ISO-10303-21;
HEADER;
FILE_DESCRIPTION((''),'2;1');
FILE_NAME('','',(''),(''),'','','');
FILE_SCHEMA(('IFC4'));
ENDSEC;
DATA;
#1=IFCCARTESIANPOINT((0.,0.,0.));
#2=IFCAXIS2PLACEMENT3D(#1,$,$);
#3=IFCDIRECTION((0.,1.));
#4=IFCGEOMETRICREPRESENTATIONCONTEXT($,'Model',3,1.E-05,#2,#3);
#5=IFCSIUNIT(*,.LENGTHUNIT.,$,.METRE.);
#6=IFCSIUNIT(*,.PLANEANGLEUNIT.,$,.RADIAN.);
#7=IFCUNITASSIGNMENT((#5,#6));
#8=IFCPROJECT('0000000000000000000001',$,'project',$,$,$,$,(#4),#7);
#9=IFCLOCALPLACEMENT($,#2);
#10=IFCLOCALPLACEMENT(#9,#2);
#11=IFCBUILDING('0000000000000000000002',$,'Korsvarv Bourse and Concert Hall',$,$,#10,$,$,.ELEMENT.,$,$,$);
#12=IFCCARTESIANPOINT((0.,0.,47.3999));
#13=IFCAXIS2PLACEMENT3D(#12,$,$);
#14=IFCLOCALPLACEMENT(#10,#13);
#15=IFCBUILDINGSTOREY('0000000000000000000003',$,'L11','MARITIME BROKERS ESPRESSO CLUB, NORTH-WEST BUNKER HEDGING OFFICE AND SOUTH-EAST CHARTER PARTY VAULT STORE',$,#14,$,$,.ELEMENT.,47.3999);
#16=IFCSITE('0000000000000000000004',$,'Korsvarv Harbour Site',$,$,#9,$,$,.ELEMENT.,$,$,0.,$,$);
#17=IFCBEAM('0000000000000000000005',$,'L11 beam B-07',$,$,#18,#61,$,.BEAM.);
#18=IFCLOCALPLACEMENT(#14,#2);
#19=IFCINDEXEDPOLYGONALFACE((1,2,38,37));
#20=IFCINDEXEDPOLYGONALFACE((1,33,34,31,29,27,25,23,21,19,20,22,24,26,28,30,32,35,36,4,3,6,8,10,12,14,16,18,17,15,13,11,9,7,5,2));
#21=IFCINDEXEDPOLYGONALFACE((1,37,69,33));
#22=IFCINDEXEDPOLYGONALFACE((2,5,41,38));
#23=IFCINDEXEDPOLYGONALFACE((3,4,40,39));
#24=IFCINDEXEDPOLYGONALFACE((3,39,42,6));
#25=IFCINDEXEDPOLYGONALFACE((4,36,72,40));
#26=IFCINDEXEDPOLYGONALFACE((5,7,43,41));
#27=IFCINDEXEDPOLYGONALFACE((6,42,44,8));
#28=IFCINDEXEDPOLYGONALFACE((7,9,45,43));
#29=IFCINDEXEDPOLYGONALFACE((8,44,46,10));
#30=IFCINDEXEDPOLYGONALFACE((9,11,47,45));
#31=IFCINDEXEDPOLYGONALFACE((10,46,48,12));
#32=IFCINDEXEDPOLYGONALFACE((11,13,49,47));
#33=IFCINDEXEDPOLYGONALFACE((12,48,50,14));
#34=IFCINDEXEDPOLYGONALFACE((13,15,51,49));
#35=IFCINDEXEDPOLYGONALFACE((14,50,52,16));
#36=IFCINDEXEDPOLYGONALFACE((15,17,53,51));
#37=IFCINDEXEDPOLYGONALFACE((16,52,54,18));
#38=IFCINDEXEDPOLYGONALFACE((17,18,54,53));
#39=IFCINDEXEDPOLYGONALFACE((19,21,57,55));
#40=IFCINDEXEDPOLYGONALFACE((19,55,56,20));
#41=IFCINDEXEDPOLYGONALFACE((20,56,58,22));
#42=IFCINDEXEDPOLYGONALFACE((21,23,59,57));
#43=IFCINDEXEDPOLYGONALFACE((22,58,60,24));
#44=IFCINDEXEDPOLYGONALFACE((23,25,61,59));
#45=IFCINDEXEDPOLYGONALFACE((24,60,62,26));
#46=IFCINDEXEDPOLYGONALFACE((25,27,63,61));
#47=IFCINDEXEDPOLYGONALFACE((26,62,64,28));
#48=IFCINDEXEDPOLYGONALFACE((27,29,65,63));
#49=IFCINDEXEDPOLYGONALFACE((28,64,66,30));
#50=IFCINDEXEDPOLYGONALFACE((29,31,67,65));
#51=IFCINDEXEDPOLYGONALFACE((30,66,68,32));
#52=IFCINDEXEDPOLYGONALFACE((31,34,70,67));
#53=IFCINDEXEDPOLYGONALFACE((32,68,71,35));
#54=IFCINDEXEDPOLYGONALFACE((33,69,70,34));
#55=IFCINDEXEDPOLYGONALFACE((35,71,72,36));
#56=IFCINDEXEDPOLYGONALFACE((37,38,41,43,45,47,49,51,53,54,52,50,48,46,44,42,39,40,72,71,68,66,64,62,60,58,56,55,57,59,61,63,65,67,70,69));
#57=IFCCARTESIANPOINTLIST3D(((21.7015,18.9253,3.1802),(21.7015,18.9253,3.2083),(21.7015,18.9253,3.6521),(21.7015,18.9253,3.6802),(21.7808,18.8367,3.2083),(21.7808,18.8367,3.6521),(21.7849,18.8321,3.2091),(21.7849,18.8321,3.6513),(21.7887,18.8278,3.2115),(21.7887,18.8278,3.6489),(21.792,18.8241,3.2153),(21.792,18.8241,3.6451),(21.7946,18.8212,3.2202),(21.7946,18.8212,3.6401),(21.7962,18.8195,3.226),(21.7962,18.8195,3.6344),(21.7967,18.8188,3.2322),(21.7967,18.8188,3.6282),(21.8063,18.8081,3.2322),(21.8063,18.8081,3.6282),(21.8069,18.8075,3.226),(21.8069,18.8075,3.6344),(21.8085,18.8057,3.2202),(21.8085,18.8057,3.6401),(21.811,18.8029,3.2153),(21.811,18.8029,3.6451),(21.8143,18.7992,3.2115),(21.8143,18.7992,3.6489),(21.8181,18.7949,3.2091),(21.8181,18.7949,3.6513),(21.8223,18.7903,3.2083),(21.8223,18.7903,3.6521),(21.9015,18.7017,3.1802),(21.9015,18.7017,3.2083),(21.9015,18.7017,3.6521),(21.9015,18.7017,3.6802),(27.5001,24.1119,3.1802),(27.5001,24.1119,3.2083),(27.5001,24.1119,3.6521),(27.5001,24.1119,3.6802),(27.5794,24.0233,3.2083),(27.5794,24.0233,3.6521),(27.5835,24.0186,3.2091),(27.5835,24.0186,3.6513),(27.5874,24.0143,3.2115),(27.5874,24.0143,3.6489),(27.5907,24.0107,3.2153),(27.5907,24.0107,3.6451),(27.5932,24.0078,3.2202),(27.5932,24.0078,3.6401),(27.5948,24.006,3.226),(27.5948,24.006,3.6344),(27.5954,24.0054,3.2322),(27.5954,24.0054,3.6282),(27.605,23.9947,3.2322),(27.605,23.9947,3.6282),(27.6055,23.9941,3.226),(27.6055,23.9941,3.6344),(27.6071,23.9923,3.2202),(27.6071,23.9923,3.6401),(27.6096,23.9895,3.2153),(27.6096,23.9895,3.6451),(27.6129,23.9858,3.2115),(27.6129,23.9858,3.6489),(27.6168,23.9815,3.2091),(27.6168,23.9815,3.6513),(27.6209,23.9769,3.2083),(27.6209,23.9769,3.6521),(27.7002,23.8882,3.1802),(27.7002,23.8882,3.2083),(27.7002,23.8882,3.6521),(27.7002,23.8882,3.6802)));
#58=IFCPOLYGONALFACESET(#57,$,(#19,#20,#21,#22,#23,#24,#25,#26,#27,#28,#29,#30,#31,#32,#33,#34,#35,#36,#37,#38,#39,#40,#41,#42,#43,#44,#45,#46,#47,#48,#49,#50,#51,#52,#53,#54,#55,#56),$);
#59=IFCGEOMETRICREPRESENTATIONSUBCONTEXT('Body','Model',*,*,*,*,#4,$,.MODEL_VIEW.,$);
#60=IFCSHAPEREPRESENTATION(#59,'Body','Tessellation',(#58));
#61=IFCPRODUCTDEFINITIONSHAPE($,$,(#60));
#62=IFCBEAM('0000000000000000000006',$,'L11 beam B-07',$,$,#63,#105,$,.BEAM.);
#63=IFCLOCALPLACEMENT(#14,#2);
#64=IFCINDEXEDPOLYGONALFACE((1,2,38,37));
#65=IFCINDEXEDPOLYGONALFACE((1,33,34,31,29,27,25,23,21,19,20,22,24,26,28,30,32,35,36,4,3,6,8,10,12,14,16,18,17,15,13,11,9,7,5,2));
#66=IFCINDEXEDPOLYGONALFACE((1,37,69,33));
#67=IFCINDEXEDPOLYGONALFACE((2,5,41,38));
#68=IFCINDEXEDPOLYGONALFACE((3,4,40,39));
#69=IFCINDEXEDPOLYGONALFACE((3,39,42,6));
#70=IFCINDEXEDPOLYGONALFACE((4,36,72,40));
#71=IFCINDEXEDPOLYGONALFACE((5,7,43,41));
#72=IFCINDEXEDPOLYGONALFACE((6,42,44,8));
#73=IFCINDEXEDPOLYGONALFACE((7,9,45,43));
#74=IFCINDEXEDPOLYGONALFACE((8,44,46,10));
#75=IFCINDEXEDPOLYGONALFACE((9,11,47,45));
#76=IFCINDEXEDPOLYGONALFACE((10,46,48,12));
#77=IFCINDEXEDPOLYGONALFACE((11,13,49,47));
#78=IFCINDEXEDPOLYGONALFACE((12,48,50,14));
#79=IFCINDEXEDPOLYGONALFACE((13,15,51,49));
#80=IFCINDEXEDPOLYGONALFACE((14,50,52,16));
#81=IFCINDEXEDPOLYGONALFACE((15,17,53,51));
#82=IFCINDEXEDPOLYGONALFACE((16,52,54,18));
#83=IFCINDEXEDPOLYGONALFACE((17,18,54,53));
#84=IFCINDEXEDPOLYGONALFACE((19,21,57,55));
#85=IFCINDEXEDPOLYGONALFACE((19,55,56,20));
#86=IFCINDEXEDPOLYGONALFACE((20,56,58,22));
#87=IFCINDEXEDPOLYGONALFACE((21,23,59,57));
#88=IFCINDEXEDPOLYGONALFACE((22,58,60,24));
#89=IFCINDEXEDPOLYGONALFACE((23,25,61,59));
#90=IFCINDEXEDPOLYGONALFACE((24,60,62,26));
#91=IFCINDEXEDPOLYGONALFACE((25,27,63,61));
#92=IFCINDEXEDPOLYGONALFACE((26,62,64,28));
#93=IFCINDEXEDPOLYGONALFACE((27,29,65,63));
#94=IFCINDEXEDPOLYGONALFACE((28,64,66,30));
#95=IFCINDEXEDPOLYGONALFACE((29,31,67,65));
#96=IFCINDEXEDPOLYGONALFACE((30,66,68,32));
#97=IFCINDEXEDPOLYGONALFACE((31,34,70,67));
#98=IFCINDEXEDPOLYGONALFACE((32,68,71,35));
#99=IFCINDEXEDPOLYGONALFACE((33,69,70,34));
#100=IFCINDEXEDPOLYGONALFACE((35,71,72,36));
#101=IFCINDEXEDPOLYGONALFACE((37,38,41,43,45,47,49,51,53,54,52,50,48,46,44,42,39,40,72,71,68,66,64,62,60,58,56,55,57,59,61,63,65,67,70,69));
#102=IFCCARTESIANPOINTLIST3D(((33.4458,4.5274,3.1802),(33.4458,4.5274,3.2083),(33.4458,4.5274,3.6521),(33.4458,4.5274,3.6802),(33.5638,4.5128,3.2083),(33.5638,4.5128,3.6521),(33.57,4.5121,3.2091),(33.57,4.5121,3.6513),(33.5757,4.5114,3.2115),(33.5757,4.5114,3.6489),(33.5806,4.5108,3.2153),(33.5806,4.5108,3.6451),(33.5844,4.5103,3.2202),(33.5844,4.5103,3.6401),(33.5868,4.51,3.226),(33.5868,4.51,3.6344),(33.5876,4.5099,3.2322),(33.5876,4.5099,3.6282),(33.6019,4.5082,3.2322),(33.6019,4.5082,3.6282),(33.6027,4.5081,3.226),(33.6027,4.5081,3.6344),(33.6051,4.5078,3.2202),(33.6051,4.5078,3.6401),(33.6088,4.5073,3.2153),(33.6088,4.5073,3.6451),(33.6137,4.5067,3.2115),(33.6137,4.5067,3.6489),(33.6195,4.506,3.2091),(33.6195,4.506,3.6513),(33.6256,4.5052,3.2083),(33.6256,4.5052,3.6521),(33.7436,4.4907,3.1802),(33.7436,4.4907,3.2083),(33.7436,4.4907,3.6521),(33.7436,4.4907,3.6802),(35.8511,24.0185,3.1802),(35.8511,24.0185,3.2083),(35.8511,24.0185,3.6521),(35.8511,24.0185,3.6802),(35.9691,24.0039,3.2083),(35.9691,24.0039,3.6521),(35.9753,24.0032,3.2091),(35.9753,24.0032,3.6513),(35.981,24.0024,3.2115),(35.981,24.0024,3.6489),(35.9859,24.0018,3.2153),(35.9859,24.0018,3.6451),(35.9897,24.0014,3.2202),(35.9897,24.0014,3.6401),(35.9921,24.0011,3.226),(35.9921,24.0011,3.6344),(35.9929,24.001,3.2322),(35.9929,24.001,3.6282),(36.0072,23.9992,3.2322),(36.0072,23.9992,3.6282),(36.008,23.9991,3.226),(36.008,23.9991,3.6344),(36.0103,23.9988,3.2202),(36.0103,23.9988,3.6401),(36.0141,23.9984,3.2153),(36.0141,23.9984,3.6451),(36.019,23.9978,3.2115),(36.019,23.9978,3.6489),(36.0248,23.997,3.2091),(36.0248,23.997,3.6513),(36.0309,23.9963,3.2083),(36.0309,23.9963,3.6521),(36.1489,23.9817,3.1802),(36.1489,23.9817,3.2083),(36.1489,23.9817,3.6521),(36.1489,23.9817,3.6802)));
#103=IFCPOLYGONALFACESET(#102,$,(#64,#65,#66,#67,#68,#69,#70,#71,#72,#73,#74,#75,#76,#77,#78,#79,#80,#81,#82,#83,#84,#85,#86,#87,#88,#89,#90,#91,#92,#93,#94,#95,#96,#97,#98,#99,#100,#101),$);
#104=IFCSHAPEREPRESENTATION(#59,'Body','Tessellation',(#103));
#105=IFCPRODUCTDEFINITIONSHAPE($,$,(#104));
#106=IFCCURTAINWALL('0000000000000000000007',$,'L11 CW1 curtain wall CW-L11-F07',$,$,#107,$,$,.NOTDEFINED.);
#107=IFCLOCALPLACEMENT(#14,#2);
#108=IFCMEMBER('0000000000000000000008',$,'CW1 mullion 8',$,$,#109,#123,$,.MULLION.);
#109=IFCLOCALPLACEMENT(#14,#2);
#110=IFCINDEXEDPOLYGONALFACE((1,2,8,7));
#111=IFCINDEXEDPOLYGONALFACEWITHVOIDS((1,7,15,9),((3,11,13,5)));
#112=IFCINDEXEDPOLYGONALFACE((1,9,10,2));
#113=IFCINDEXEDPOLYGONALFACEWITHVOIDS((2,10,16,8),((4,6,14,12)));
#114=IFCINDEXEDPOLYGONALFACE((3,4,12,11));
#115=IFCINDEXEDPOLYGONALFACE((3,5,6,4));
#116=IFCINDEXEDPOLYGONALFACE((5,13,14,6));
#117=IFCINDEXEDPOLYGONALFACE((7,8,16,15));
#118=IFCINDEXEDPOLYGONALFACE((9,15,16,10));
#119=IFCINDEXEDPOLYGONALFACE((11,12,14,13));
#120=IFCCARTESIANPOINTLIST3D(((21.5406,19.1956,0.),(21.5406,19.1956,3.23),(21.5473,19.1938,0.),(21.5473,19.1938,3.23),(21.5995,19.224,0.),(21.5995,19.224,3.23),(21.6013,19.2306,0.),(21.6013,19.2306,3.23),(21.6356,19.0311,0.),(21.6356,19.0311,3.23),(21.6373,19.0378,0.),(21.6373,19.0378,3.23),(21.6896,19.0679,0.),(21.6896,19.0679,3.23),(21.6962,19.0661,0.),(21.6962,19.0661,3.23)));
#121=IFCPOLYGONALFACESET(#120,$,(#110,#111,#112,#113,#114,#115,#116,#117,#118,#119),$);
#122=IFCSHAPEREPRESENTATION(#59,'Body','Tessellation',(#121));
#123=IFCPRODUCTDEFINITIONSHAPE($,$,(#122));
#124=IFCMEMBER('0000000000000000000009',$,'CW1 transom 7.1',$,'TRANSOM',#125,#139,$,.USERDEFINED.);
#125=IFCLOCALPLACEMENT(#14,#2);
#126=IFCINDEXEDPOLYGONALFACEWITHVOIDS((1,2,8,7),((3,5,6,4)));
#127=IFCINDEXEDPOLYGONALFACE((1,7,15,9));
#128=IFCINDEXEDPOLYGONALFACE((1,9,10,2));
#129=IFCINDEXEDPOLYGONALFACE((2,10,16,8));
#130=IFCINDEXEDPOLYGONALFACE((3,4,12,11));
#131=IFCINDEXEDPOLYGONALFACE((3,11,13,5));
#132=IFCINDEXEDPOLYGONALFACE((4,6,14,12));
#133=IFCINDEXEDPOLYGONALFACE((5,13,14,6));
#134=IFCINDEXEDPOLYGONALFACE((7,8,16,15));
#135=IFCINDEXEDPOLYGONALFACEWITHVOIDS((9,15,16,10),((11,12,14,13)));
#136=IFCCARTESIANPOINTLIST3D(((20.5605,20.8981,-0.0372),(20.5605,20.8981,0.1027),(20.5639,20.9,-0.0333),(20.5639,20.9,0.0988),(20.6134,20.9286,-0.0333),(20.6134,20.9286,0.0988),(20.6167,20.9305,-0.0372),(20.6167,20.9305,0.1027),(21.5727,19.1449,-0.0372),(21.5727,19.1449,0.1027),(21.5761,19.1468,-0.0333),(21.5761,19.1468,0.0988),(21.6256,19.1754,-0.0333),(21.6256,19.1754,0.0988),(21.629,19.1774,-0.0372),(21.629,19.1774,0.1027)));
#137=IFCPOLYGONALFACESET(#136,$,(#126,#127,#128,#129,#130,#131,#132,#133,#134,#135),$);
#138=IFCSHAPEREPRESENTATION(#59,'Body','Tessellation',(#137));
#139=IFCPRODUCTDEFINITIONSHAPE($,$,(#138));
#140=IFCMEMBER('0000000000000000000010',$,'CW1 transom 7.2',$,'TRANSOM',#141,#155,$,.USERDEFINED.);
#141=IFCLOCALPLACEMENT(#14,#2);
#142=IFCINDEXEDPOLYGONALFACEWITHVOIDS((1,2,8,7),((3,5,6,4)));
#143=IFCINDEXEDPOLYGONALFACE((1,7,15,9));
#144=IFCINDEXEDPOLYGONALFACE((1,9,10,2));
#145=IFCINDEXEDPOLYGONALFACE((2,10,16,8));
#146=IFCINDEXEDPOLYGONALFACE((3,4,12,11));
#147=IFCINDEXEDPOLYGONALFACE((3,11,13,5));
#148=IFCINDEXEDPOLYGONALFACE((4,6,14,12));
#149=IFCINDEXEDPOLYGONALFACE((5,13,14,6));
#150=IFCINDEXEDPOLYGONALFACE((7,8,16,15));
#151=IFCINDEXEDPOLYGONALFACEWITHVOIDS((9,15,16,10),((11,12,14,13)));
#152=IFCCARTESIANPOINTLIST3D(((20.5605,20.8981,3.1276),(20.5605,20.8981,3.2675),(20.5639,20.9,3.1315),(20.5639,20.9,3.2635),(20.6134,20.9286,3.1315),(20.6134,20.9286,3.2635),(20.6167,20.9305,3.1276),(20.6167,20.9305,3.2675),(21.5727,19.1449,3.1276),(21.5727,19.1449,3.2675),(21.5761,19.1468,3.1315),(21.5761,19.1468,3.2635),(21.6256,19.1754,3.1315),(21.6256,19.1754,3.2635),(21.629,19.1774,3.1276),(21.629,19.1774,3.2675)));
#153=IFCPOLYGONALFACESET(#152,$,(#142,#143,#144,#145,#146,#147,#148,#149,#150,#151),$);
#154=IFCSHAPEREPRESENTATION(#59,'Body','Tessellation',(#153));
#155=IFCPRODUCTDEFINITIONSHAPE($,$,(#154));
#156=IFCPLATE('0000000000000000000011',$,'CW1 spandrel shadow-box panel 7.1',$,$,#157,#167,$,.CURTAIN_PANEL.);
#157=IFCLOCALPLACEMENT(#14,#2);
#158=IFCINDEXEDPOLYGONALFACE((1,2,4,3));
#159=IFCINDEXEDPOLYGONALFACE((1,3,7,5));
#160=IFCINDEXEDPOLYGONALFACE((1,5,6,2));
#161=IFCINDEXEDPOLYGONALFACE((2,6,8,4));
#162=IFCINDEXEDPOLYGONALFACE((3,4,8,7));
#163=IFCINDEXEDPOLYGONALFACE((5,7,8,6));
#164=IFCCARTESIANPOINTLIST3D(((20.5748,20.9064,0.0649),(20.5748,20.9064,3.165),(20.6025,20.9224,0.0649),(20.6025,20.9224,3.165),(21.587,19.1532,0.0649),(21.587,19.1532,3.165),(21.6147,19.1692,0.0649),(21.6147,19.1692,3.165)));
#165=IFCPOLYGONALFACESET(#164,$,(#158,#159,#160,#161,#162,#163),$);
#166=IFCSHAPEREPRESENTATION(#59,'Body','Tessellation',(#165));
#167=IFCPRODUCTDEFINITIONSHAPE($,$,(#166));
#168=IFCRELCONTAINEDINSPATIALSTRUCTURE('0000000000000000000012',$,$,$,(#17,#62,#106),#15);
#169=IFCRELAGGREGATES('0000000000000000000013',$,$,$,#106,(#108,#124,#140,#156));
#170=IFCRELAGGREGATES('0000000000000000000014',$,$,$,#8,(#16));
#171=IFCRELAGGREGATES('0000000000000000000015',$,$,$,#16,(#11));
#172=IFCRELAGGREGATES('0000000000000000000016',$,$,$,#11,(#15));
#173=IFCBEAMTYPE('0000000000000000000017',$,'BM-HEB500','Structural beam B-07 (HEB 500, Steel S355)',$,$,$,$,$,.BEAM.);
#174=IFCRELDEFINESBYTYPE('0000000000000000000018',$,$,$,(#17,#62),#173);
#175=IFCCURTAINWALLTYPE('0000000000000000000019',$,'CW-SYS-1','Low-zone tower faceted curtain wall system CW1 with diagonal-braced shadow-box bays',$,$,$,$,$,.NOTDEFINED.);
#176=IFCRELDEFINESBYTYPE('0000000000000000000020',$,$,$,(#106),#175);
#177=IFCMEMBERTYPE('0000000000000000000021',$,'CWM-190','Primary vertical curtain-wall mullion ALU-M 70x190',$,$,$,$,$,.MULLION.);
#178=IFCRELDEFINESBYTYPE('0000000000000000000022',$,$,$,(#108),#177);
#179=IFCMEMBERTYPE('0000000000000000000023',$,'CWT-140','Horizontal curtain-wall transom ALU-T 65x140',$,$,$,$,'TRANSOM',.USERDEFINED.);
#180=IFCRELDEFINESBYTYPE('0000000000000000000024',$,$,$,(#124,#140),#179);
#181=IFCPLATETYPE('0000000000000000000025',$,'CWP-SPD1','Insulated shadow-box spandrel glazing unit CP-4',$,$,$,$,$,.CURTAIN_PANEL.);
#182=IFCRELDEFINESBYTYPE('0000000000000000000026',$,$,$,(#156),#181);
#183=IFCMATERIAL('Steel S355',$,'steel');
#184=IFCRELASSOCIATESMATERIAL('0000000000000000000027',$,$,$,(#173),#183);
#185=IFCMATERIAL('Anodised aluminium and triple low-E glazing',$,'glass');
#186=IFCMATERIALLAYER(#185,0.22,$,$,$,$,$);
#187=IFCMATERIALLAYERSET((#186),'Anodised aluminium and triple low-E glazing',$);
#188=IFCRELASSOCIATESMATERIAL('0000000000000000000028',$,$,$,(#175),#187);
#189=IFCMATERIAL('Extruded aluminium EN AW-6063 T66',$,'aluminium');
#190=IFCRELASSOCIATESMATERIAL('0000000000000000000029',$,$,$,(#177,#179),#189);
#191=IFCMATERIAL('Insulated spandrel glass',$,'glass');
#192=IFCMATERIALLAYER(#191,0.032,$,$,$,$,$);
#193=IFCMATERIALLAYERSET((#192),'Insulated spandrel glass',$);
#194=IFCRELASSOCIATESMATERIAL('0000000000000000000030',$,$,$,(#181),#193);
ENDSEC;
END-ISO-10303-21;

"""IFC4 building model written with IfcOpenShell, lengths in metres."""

from ifc_helpers import new_model, si_unit, direction, frame, origin, origin_2d, place, context, subcontext, project, spatial, rectangle, hollow_rectangle, i_section, extrude, source, transform, mapped, material, layer, layer_set, material_profile, profile_set, type_object, element, aggregate, save


model = new_model("IFC4")

# Units and contexts
model_context = context("Model", 3, precision=1e-05, world=origin(), true_north=direction((0.0, 1.0)))
body_context = subcontext(model_context, "Body", "Model", "MODEL_VIEW")
ifc_project = project(units=[si_unit("LENGTHUNIT", "METRE"), si_unit("PLANEANGLEUNIT", "RADIAN")], contexts=[model_context])

# Site, building, storey
site_placement = place(None, origin())
site = spatial("IfcSite", under=ifc_project, at=site_placement, Name="Korsvarv Harbour Site", CompositionType="ELEMENT", RefElevation=0.0)
building_placement = place(site_placement, origin())
building = spatial("IfcBuilding", under=site, at=building_placement, Name="Korsvarv Bourse and Concert Hall", CompositionType="ELEMENT")
storey_placement = place(building_placement, frame((0.0, 0.0, 47.3999)))
storey = spatial("IfcBuildingStorey", under=building, at=storey_placement, Name="L11", Description="MARITIME BROKERS ESPRESSO CLUB, NORTH-WEST BUNKER HEDGING OFFICE AND SOUTH-EAST CHARTER PARTY VAULT STORE", CompositionType="ELEMENT", Elevation=47.3999)

# Beams
ifc_material_1 = material(Name="Steel S355", Category="steel")
ifc_material_profile_1 = material_profile(ifc_material_1, i_section(OverallWidth=0.3, OverallDepth=0.5, WebThickness=0.0144, FlangeThickness=0.0281, FilletRadius=0.0239, at=origin_2d()), Name="HEB 500")
ifc_profile_set_1 = profile_set([ifc_material_profile_1], Name="Steel S355")
beam_type_1 = type_object("IfcBeamType", Name="BM-HEB500", Description="Structural beam B-07 (HEB 500, Steel S355)", PredefinedType="BEAM", material=ifc_profile_set_1)
shared_shape_1 = source(origin(), body_context, "Body", "SweptSolid", [
    extrude(i_section(OverallWidth=0.3, OverallDepth=0.5, WebThickness=0.0144, FlangeThickness=0.0281, FilletRadius=0.0239, at=origin_2d()), origin(), (0.0, 0.0, 1.0), 7.7798),
])
beam_1_placement = place(storey_placement, frame((21.8015, 18.8135, 3.4302), z_axis=(0.745349, 0.666675, 0.0), x_axis=(-0.666675, 0.745349, 0.0)))
element("IfcBeam", 1, at=beam_1_placement, inside=storey, type_object=beam_type_1, Name="L11 beam B-07", PredefinedType="BEAM", context=body_context, shape_type="MappedRepresentation", body=[
    mapped(shared_shape_1, transform((0.0, 0.0, 0.0), scale=1.0)),
])
shared_shape_2 = source(origin(), body_context, "Body", "SweptSolid", [
    extrude(i_section(OverallWidth=0.3, OverallDepth=0.5, WebThickness=0.0144, FlangeThickness=0.0281, FilletRadius=0.0239, at=origin_2d()), origin(), (0.0, 0.0, 1.0), 19.6389),
])
beam_2_placement = place(storey_placement, frame((33.5947, 4.509, 3.4302), z_axis=(0.122475, 0.992472, 0.0), x_axis=(-0.992472, 0.122475, 0.0)))
element("IfcBeam", 2, at=beam_2_placement, inside=storey, type_object=beam_type_1, Name="L11 beam B-07", PredefinedType="BEAM", context=body_context, shape_type="MappedRepresentation", body=[
    mapped(shared_shape_2, transform((0.0, 0.0, 0.0), scale=1.0)),
])

# Curtain wall, members, plate
ifc_material_2 = material(Name="Anodised aluminium and triple low-E glazing", Category="glass")
ifc_layer_1 = layer(ifc_material_2, 0.22)
ifc_layer_set_1 = layer_set([ifc_layer_1], Name="Anodised aluminium and triple low-E glazing")
curtain_wall_type = type_object("IfcCurtainWallType", Name="CW-SYS-1", Description="Low-zone tower faceted curtain wall system CW1 with diagonal-braced shadow-box bays", PredefinedType="NOTDEFINED", material=ifc_layer_set_1)
curtain_wall_placement = place(storey_placement, origin())
curtain_wall = element("IfcCurtainWall", 3, at=curtain_wall_placement, inside=storey, type_object=curtain_wall_type, Name="L11 CW1 curtain wall CW-L11-F07", PredefinedType="NOTDEFINED")
ifc_material_3 = material(Name="Extruded aluminium EN AW-6063 T66", Category="aluminium")
ifc_material_profile_2 = material_profile(ifc_material_3, hollow_rectangle(XDim=0.0701, YDim=0.1899, WallThickness=0.0049, at=origin_2d()), Name="ALU-M 70x190")
ifc_profile_set_2 = profile_set([ifc_material_profile_2], Name="Extruded aluminium EN AW-6063 T66")
member_type_1 = type_object("IfcMemberType", Name="CWM-190", Description="Primary vertical curtain-wall mullion ALU-M 70x190", PredefinedType="MULLION", material=ifc_profile_set_2)
shared_shape_3 = source(origin(), body_context, "Body", "SweptSolid", [
    extrude(hollow_rectangle(XDim=0.0701, YDim=0.1899, WallThickness=0.0049, at=origin_2d()), origin(), (0.0, 0.0, 1.0), 3.23),
])
member_1_placement = place(storey_placement, frame((21.6184, 19.1309, 0.0), z_axis=(0.0, 0.0, 1.0), x_axis=(0.866025, 0.5, 0.0)))
member_1 = element("IfcMember", 4, at=member_1_placement, type_object=member_type_1, Name="CW1 mullion 8", PredefinedType="MULLION", context=body_context, shape_type="MappedRepresentation", body=[
    mapped(shared_shape_3, transform((0.0, 0.0, 0.0), scale=1.0)),
])
ifc_material_profile_3 = material_profile(ifc_material_3, hollow_rectangle(XDim=0.0649, YDim=0.1399, WallThickness=0.0039, at=origin_2d()), Name="ALU-T 65x140")
ifc_profile_set_3 = profile_set([ifc_material_profile_3], Name="Extruded aluminium EN AW-6063 T66")
member_type_2 = type_object("IfcMemberType", Name="CWT-140", Description="Horizontal curtain-wall transom ALU-T 65x140", ElementType="TRANSOM", PredefinedType="USERDEFINED", material=ifc_profile_set_3)
shared_shape_4 = source(origin(), body_context, "Body", "SweptSolid", [
    extrude(hollow_rectangle(XDim=0.0649, YDim=0.1399, WallThickness=0.0039, at=origin_2d()), origin(), (0.0, 0.0, 1.0), 2.0244),
])
member_2_placement = place(storey_placement, frame((20.5886, 20.9143, 0.0327), z_axis=(0.500004, -0.866023, 0.0), x_axis=(0.866023, 0.500004, 0.0)))
member_2 = element("IfcMember", 5, at=member_2_placement, type_object=member_type_2, Name="CW1 transom 7.1", ObjectType="TRANSOM", PredefinedType="USERDEFINED", context=body_context, shape_type="MappedRepresentation", body=[
    mapped(shared_shape_4, transform((0.0, 0.0, 0.0), scale=1.0)),
])
member_3_placement = place(storey_placement, frame((20.5886, 20.9143, 3.1975), z_axis=(0.500004, -0.866023, 0.0), x_axis=(0.866023, 0.500004, 0.0)))
member_3 = element("IfcMember", 6, at=member_3_placement, type_object=member_type_2, Name="CW1 transom 7.2", ObjectType="TRANSOM", PredefinedType="USERDEFINED", context=body_context, shape_type="MappedRepresentation", body=[
    mapped(shared_shape_4, transform((0.0, 0.0, 0.0), scale=1.0)),
])
ifc_material_4 = material(Name="Insulated spandrel glass", Category="glass")
ifc_layer_2 = layer(ifc_material_4, 0.032)
ifc_layer_set_2 = layer_set([ifc_layer_2], Name="Insulated spandrel glass")
plate_type = type_object("IfcPlateType", Name="CWP-SPD1", Description="Insulated shadow-box spandrel glazing unit CP-4", PredefinedType="CURTAIN_PANEL", material=ifc_layer_set_2)
shared_shape_5 = source(origin(), body_context, "Body", "SweptSolid", [
    extrude(rectangle(XDim=2.0244, YDim=0.032, at=origin_2d()), origin(), (0.0, 0.0, 1.0), 3.1001),
])
plate_placement = place(storey_placement, frame((21.0947, 20.0378, 0.0649), z_axis=(0.0, 0.0, 1.0), x_axis=(0.5, -0.866025, 0.0)))
plate = element("IfcPlate", 7, at=plate_placement, type_object=plate_type, Name="CW1 spandrel shadow-box panel 7.1", PredefinedType="CURTAIN_PANEL", context=body_context, shape_type="MappedRepresentation", body=[
    mapped(shared_shape_5, transform((0.0, 0.0, 0.0), scale=1.0)),
])
aggregate(curtain_wall, [member_1, member_2, member_3, plate])

save(model, "model.ifc")
